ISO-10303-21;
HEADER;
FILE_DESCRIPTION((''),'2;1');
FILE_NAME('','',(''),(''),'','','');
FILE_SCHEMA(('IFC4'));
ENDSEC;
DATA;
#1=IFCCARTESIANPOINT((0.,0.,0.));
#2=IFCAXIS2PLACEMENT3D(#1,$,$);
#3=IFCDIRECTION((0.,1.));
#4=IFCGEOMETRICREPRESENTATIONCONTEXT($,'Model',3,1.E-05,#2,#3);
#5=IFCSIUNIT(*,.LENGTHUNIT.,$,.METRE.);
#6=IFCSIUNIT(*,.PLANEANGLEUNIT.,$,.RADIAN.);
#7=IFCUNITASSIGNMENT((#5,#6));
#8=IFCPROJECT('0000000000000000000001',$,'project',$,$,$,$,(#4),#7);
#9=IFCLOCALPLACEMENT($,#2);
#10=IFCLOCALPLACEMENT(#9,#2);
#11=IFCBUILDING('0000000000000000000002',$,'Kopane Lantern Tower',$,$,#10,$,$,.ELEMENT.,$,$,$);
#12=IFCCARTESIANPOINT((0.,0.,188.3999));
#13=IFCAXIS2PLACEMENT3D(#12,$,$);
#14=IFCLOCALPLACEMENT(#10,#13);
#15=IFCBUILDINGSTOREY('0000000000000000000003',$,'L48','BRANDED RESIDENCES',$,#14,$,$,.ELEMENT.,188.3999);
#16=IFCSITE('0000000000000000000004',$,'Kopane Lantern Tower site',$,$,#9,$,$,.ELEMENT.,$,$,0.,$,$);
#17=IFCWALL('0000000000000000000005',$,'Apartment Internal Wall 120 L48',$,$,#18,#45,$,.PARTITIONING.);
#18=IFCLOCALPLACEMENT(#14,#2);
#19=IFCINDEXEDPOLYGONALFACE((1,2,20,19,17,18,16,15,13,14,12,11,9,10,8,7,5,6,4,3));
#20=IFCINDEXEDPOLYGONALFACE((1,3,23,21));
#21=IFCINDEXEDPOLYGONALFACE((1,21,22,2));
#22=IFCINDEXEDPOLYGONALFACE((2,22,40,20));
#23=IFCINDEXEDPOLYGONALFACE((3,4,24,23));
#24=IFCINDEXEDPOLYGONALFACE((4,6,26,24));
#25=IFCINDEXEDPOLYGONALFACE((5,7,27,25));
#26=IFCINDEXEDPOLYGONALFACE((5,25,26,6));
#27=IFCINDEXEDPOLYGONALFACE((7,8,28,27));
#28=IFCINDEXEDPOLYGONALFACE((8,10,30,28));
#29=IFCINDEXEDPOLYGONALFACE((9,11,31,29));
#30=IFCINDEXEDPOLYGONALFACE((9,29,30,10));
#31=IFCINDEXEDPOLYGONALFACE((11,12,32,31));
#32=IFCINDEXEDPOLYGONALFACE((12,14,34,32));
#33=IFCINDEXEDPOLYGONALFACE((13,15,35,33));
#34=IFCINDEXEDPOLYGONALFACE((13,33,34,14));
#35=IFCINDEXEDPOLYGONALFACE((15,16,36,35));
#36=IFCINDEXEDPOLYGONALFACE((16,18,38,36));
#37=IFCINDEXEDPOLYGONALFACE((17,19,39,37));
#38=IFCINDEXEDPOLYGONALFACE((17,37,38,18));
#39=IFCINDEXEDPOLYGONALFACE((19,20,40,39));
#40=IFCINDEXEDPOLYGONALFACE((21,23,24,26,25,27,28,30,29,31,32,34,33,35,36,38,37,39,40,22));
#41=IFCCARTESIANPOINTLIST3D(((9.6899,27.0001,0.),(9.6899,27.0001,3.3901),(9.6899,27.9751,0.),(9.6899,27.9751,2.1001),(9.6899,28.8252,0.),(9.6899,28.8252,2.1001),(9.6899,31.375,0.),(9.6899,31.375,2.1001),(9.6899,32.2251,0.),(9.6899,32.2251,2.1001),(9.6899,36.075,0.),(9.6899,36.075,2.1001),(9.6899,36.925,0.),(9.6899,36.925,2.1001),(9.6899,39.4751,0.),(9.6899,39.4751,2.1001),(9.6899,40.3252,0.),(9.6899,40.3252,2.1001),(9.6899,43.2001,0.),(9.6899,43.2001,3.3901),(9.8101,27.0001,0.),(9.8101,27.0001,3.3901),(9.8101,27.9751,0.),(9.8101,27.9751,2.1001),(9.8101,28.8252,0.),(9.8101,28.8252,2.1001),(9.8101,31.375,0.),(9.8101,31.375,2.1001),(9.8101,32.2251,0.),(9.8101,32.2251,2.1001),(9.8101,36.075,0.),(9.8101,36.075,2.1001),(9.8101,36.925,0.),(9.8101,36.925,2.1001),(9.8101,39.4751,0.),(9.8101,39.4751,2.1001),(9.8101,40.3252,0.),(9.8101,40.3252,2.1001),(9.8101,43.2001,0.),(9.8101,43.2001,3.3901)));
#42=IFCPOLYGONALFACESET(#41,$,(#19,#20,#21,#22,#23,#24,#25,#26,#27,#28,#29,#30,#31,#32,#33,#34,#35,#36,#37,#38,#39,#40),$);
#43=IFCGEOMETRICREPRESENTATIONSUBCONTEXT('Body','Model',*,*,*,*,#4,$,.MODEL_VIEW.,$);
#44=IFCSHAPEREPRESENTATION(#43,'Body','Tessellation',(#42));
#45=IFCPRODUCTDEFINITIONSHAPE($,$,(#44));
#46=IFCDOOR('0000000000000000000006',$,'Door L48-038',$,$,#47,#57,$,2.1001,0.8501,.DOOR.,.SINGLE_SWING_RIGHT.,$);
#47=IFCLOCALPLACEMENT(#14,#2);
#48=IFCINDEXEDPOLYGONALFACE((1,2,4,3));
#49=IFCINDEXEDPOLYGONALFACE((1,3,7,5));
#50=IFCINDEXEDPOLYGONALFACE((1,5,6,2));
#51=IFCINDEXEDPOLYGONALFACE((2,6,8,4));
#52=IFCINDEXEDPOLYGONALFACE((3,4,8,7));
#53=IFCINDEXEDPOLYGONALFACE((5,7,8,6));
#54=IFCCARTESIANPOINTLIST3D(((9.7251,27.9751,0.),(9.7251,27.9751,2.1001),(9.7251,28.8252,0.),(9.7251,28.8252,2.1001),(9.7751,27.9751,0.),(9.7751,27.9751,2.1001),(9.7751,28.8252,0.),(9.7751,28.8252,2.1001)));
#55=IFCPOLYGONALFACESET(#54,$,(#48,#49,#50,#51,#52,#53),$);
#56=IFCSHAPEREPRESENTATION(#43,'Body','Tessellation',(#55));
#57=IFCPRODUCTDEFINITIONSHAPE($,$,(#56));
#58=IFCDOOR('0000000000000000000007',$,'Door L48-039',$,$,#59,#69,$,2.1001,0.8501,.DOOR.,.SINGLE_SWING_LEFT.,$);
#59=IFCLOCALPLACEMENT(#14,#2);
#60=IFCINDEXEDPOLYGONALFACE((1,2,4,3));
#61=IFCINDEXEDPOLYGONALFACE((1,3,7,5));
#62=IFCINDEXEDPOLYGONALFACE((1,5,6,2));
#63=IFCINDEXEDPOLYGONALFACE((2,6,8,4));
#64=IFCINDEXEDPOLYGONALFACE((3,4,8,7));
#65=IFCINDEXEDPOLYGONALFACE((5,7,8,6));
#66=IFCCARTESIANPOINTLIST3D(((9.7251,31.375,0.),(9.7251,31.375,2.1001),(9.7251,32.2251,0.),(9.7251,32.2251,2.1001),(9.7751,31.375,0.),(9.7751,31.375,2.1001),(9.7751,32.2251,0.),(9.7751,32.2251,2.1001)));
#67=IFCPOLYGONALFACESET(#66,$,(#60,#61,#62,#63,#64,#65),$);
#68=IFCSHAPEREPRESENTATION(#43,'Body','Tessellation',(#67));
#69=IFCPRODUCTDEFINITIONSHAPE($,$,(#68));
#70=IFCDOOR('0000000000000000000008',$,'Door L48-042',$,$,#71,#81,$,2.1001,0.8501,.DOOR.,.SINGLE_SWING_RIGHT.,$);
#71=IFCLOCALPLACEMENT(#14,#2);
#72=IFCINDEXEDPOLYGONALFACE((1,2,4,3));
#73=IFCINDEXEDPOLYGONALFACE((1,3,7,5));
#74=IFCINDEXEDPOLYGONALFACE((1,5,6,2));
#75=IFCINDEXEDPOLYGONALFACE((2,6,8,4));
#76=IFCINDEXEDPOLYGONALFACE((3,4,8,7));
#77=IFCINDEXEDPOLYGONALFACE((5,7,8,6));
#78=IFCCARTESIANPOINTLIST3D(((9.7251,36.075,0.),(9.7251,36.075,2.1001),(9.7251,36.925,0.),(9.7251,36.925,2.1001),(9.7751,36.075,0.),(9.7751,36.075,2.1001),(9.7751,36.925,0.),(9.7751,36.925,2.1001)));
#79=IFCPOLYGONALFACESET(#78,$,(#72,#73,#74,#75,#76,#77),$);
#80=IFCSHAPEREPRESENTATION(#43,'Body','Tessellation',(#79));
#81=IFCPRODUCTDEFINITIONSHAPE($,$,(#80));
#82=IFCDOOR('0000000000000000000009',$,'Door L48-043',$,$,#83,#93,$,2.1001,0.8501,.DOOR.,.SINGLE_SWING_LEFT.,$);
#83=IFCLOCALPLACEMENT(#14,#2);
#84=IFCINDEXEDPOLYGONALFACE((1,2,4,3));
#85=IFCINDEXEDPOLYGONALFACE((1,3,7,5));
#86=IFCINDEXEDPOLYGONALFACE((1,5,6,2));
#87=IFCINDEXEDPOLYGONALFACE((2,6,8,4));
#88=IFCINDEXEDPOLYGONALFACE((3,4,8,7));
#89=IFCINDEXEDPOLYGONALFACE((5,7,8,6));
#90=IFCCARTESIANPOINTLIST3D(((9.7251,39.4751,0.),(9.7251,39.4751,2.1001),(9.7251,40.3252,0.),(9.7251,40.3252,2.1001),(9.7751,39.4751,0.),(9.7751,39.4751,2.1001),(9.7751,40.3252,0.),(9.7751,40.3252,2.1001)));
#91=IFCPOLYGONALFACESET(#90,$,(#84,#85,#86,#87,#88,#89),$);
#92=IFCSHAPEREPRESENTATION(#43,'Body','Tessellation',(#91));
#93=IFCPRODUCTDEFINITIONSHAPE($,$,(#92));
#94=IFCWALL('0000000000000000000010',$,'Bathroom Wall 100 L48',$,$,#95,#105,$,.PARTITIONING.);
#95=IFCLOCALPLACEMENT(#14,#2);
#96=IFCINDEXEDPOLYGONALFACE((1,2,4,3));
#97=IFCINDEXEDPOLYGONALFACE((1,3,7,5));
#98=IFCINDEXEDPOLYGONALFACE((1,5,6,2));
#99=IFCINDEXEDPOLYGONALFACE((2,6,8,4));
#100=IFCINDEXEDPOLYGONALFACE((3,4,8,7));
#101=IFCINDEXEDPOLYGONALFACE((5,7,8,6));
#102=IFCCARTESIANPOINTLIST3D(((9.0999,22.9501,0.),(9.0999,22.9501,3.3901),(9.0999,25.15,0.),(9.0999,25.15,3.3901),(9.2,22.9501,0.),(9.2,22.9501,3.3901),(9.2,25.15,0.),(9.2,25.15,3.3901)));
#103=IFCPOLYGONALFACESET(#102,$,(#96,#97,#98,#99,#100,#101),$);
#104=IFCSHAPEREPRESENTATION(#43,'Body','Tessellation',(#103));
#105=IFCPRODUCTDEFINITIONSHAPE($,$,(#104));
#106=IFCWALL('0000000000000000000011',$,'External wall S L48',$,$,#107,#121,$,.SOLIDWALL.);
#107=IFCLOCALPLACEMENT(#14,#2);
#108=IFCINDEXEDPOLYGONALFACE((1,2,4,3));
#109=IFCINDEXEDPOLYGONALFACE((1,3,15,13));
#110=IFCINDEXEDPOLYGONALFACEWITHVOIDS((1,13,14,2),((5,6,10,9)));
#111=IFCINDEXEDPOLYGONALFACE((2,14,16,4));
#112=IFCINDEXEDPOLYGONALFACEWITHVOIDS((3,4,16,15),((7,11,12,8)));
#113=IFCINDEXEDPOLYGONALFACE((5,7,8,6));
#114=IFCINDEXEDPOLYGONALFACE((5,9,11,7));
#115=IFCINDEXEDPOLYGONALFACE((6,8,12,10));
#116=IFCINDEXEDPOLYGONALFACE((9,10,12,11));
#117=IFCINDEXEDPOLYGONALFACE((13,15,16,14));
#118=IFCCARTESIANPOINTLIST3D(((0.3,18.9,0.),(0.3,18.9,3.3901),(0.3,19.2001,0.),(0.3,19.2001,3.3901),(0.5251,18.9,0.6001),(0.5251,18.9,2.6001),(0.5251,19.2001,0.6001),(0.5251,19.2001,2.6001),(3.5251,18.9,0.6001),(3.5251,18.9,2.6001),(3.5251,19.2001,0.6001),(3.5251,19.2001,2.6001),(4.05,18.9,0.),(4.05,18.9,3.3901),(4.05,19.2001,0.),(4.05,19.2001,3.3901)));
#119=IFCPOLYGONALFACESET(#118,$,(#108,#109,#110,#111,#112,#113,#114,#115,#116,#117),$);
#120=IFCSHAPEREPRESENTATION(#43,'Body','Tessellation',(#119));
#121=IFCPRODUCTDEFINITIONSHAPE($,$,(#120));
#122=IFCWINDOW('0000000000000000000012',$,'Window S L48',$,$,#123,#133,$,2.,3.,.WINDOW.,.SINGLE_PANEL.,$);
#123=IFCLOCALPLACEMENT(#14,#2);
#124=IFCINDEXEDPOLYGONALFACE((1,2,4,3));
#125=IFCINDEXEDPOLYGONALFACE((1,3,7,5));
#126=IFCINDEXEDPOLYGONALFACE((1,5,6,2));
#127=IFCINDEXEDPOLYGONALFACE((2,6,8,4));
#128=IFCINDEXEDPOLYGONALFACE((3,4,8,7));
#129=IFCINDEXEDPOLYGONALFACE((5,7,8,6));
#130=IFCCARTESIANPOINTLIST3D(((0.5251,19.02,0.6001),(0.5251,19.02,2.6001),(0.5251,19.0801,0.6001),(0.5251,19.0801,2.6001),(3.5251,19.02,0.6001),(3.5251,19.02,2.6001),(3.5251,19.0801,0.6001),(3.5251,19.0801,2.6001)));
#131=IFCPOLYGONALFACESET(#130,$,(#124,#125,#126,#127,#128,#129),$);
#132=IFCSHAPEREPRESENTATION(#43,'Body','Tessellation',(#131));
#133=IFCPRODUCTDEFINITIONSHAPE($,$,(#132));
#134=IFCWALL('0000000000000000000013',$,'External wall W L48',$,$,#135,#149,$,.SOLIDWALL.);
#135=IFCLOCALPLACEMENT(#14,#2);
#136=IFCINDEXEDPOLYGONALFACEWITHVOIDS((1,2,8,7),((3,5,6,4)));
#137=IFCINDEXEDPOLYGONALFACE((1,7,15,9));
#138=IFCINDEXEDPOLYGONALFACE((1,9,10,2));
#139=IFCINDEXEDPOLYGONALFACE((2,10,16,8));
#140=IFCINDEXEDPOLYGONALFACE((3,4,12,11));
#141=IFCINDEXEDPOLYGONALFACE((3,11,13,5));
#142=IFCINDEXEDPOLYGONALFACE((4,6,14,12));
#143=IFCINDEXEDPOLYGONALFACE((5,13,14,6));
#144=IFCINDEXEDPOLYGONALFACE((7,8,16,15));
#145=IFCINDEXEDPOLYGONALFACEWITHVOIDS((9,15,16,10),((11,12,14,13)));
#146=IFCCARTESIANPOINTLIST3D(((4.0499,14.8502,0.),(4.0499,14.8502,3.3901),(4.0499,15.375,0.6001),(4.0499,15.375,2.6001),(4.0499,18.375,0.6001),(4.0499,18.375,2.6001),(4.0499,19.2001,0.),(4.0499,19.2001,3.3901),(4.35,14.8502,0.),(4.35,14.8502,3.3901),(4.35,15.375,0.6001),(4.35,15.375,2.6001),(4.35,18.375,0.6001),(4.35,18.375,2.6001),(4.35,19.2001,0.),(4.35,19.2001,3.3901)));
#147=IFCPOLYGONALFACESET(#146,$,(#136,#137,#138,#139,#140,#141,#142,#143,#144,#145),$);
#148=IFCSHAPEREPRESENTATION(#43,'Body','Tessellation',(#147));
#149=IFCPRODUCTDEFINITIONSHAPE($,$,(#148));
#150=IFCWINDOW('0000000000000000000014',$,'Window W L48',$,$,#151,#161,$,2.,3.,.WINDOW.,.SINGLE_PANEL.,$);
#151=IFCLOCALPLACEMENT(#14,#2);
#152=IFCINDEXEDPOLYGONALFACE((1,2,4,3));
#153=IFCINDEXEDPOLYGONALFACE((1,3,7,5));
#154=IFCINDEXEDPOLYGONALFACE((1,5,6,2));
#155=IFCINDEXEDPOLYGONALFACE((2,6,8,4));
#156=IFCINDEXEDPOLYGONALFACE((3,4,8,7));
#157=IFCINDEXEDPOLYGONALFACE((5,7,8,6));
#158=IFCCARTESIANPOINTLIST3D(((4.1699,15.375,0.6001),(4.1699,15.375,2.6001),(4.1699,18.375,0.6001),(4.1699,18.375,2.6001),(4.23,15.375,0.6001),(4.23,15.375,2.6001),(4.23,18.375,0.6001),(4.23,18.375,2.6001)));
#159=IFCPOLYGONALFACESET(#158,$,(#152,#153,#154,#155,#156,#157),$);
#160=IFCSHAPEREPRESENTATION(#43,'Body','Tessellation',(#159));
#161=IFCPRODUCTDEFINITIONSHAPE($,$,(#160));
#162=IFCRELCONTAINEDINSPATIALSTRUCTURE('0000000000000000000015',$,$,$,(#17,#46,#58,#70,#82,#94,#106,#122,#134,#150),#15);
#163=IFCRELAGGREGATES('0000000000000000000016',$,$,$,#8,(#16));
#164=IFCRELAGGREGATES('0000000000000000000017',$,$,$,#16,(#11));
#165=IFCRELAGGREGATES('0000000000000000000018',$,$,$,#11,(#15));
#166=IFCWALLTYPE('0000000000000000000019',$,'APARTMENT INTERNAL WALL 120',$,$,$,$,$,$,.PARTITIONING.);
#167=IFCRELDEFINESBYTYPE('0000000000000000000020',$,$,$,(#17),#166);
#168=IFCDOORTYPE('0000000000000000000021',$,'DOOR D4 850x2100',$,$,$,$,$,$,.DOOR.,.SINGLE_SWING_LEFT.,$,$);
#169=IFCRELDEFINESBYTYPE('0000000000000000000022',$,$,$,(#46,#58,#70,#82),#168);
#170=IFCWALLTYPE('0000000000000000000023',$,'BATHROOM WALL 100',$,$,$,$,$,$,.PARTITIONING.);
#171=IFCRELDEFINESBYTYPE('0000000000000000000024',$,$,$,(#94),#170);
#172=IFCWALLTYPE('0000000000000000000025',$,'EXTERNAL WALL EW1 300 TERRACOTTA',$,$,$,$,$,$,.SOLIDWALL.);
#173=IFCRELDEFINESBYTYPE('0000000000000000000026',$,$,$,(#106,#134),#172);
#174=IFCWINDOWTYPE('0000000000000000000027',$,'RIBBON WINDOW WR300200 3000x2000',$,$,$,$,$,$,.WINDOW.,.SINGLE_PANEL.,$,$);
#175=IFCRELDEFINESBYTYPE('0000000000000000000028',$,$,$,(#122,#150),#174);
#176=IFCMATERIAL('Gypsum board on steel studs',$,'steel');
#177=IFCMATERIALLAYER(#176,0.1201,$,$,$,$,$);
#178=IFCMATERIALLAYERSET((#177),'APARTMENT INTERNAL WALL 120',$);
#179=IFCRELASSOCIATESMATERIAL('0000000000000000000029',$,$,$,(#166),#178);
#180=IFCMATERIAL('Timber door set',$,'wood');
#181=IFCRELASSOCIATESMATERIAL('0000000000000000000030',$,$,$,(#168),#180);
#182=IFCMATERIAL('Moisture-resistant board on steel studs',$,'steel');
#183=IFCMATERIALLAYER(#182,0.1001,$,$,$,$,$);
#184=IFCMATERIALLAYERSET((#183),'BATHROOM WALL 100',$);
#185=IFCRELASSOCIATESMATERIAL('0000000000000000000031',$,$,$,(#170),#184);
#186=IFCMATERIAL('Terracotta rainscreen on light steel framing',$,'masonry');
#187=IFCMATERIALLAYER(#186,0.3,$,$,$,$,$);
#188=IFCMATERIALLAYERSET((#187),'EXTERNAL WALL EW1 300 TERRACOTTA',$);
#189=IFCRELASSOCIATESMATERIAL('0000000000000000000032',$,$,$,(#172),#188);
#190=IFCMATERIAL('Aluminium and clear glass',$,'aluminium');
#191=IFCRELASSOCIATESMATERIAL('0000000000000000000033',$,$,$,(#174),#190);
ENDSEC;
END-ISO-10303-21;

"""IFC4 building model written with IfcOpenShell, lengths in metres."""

from ifc_helpers import new_model, si_unit, direction, frame, frame_2d, origin, place, context, subcontext, project, spatial, rectangle, extrude, material, layer, layer_set, type_object, element, fill, save


model = new_model("IFC4")

# Units and contexts
model_context = context("Model", 3, precision=1e-05, world=origin(), true_north=direction((0.0, 1.0)))
body_context = subcontext(model_context, "Body", "Model", "MODEL_VIEW")
ifc_project = project(units=[si_unit("LENGTHUNIT", "METRE"), si_unit("PLANEANGLEUNIT", "RADIAN")], contexts=[model_context])

# Site, building, storey
site_placement = place(None, origin())
site = spatial("IfcSite", under=ifc_project, at=site_placement, Name="Kopane Lantern Tower site", CompositionType="ELEMENT", RefElevation=0.0)
building_placement = place(site_placement, origin())
building = spatial("IfcBuilding", under=site, at=building_placement, Name="Kopane Lantern Tower", CompositionType="ELEMENT")
storey_placement = place(building_placement, frame((0.0, 0.0, 188.3999)))
storey = spatial("IfcBuildingStorey", under=building, at=storey_placement, Name="L48", Description="BRANDED RESIDENCES", CompositionType="ELEMENT", Elevation=188.3999)

# Wall, openings, doors
ifc_material_1 = material(Name="Gypsum board on steel studs", Category="steel")
ifc_layer_1 = layer(ifc_material_1, 0.1201)
ifc_layer_set_1 = layer_set([ifc_layer_1], Name="APARTMENT INTERNAL WALL 120")
wall_type_1 = type_object("IfcWallType", Name="APARTMENT INTERNAL WALL 120", PredefinedType="PARTITIONING", material=ifc_layer_set_1)
wall_1_placement = place(storey_placement, frame((9.75, 27.0, 0.0), z_axis=(0.0, 0.0, 1.0), x_axis=(0.0, 1.0, 0.0)))
wall_1 = element("IfcWall", 1, at=wall_1_placement, inside=storey, type_object=wall_type_1, Name="Apartment Internal Wall 120 L48", PredefinedType="PARTITIONING", context=body_context, shape_type="SweptSolid", body=[
    extrude(rectangle(XDim=16.2, YDim=0.1201, at=frame_2d((8.1001, 0.0))), origin(), (0.0, 0.0, 1.0), 3.3901),
])
opening_1_placement = place(wall_1_placement, frame((0.9751, 0.0, 0.0)))
opening_1 = element("IfcOpeningElement", 2, at=opening_1_placement, cuts=wall_1, PredefinedType="OPENING", context=body_context, shape_type="SweptSolid", body=[
    extrude(rectangle(XDim=0.8501, YDim=2.1001, at=frame_2d((0.425, 1.05))), frame((0.0, 0.0701, 0.0), z_axis=(0.0, -1.0, 0.0), x_axis=(1.0, 0.0, 0.0)), (0.0, 0.0, 1.0), 0.1401),
])
opening_2_placement = place(wall_1_placement, frame((4.375, 0.0, 0.0)))
opening_2 = element("IfcOpeningElement", 3, at=opening_2_placement, cuts=wall_1, PredefinedType="OPENING", context=body_context, shape_type="SweptSolid", body=[
    extrude(rectangle(XDim=0.8501, YDim=2.1001, at=frame_2d((0.425, 1.05))), frame((0.0, 0.0701, 0.0), z_axis=(0.0, -1.0, 0.0), x_axis=(1.0, 0.0, 0.0)), (0.0, 0.0, 1.0), 0.1401),
])
opening_3_placement = place(wall_1_placement, frame((9.075, 0.0, 0.0)))
opening_3 = element("IfcOpeningElement", 4, at=opening_3_placement, cuts=wall_1, PredefinedType="OPENING", context=body_context, shape_type="SweptSolid", body=[
    extrude(rectangle(XDim=0.8501, YDim=2.1001, at=frame_2d((0.425, 1.05))), frame((0.0, 0.0701, 0.0), z_axis=(0.0, -1.0, 0.0), x_axis=(1.0, 0.0, 0.0)), (0.0, 0.0, 1.0), 0.1401),
])
opening_4_placement = place(wall_1_placement, frame((12.4751, 0.0, 0.0)))
opening_4 = element("IfcOpeningElement", 5, at=opening_4_placement, cuts=wall_1, PredefinedType="OPENING", context=body_context, shape_type="SweptSolid", body=[
    extrude(rectangle(XDim=0.8501, YDim=2.1001, at=frame_2d((0.425, 1.05))), frame((0.0, 0.0701, 0.0), z_axis=(0.0, -1.0, 0.0), x_axis=(1.0, 0.0, 0.0)), (0.0, 0.0, 1.0), 0.1401),
])
ifc_material_2 = material(Name="Timber door set", Category="wood")
door_type = type_object("IfcDoorType", Name="DOOR D4 850x2100", OperationType="SINGLE_SWING_LEFT", PredefinedType="DOOR", material=ifc_material_2)
door_1_placement = place(opening_1_placement, origin())
door_1 = element("IfcDoor", 6, at=door_1_placement, inside=storey, type_object=door_type, Name="Door L48-038", OperationType="SINGLE_SWING_RIGHT", OverallHeight=2.1001, OverallWidth=0.8501, PredefinedType="DOOR", context=body_context, shape_type="SweptSolid", body=[
    extrude(rectangle(XDim=0.8501, YDim=2.1001, at=frame_2d((0.425, 1.05))), frame((0.0, 0.0249, 0.0), z_axis=(0.0, -1.0, 0.0), x_axis=(1.0, 0.0, 0.0)), (0.0, 0.0, 1.0), 0.05),
])
fill(opening_1, door_1)
door_2_placement = place(opening_2_placement, origin())
door_2 = element("IfcDoor", 7, at=door_2_placement, inside=storey, type_object=door_type, Name="Door L48-039", OperationType="SINGLE_SWING_LEFT", OverallHeight=2.1001, OverallWidth=0.8501, PredefinedType="DOOR", context=body_context, shape_type="SweptSolid", body=[
    extrude(rectangle(XDim=0.8501, YDim=2.1001, at=frame_2d((0.425, 1.05))), frame((0.0, 0.0249, 0.0), z_axis=(0.0, -1.0, 0.0), x_axis=(1.0, 0.0, 0.0)), (0.0, 0.0, 1.0), 0.05),
])
fill(opening_2, door_2)
door_3_placement = place(opening_3_placement, origin())
door_3 = element("IfcDoor", 8, at=door_3_placement, inside=storey, type_object=door_type, Name="Door L48-042", OperationType="SINGLE_SWING_RIGHT", OverallHeight=2.1001, OverallWidth=0.8501, PredefinedType="DOOR", context=body_context, shape_type="SweptSolid", body=[
    extrude(rectangle(XDim=0.8501, YDim=2.1001, at=frame_2d((0.425, 1.05))), frame((0.0, 0.0249, 0.0), z_axis=(0.0, -1.0, 0.0), x_axis=(1.0, 0.0, 0.0)), (0.0, 0.0, 1.0), 0.05),
])
fill(opening_3, door_3)
door_4_placement = place(opening_4_placement, origin())
door_4 = element("IfcDoor", 9, at=door_4_placement, inside=storey, type_object=door_type, Name="Door L48-043", OperationType="SINGLE_SWING_LEFT", OverallHeight=2.1001, OverallWidth=0.8501, PredefinedType="DOOR", context=body_context, shape_type="SweptSolid", body=[
    extrude(rectangle(XDim=0.8501, YDim=2.1001, at=frame_2d((0.425, 1.05))), frame((0.0, 0.0249, 0.0), z_axis=(0.0, -1.0, 0.0), x_axis=(1.0, 0.0, 0.0)), (0.0, 0.0, 1.0), 0.05),
])
fill(opening_4, door_4)

# Wall
ifc_material_3 = material(Name="Moisture-resistant board on steel studs", Category="steel")
ifc_layer_2 = layer(ifc_material_3, 0.1001)
ifc_layer_set_2 = layer_set([ifc_layer_2], Name="BATHROOM WALL 100")
wall_type_2 = type_object("IfcWallType", Name="BATHROOM WALL 100", PredefinedType="PARTITIONING", material=ifc_layer_set_2)
wall_2_placement = place(storey_placement, frame((9.1499, 22.95, 0.0), z_axis=(0.0, 0.0, 1.0), x_axis=(0.0, 1.0, 0.0)))
element("IfcWall", 10, at=wall_2_placement, inside=storey, type_object=wall_type_2, Name="Bathroom Wall 100 L48", PredefinedType="PARTITIONING", context=body_context, shape_type="SweptSolid", body=[
    extrude(rectangle(XDim=2.2, YDim=0.1001, at=frame_2d((1.1001, 0.0))), origin(), (0.0, 0.0, 1.0), 3.3901),
])

# Walls, openings, windows
ifc_material_4 = material(Name="Terracotta rainscreen on light steel framing", Category="masonry")
ifc_layer_3 = layer(ifc_material_4, 0.3)
ifc_layer_set_3 = layer_set([ifc_layer_3], Name="EXTERNAL WALL EW1 300 TERRACOTTA")
wall_type_3 = type_object("IfcWallType", Name="EXTERNAL WALL EW1 300 TERRACOTTA", PredefinedType="SOLIDWALL", material=ifc_layer_set_3)
wall_3_placement = place(storey_placement, frame((0.3, 19.05, 0.0), z_axis=(0.0, 0.0, 1.0), x_axis=(1.0, 0.0, 0.0)))
wall_3 = element("IfcWall", 11, at=wall_3_placement, inside=storey, type_object=wall_type_3, Name="External wall S L48", PredefinedType="SOLIDWALL", context=body_context, shape_type="SweptSolid", body=[
    extrude(rectangle(XDim=3.75, YDim=0.3, at=frame_2d((1.875, 0.0))), origin(), (0.0, 0.0, 1.0), 3.3901),
])
opening_5_placement = place(wall_3_placement, frame((0.2251, 0.0, 0.6001)))
opening_5 = element("IfcOpeningElement", 12, at=opening_5_placement, cuts=wall_3, PredefinedType="OPENING", context=body_context, shape_type="SweptSolid", body=[
    extrude(rectangle(XDim=3.0, YDim=2.0, at=frame_2d((1.5, 1.0))), frame((0.0, 0.1599, 0.0), z_axis=(0.0, -1.0, 0.0), x_axis=(1.0, 0.0, 0.0)), (0.0, 0.0, 1.0), 0.3201),
])
ifc_material_5 = material(Name="Aluminium and clear glass", Category="aluminium")
window_type = type_object("IfcWindowType", Name="RIBBON WINDOW WR300200 3000x2000", PartitioningType="SINGLE_PANEL", PredefinedType="WINDOW", material=ifc_material_5)
window_1_placement = place(opening_5_placement, origin())
window_1 = element("IfcWindow", 13, at=window_1_placement, inside=storey, type_object=window_type, Name="Window S L48", OverallHeight=2.0, OverallWidth=3.0, PartitioningType="SINGLE_PANEL", PredefinedType="WINDOW", context=body_context, shape_type="SweptSolid", body=[
    extrude(rectangle(XDim=3.0, YDim=2.0, at=frame_2d((1.5, 1.0))), frame((0.0, 0.03, 0.0), z_axis=(0.0, -1.0, 0.0), x_axis=(1.0, 0.0, 0.0)), (0.0, 0.0, 1.0), 0.0601),
])
fill(opening_5, window_1)
wall_4_placement = place(storey_placement, frame((4.2, 19.2, 0.0), z_axis=(0.0, 0.0, 1.0), x_axis=(0.0, -1.0, 0.0)))
wall_4 = element("IfcWall", 14, at=wall_4_placement, inside=storey, type_object=wall_type_3, Name="External wall W L48", PredefinedType="SOLIDWALL", context=body_context, shape_type="SweptSolid", body=[
    extrude(rectangle(XDim=4.3499, YDim=0.3, at=frame_2d((2.1748, 0.0))), origin(), (0.0, 0.0, 1.0), 3.3901),
])
opening_6_placement = place(wall_4_placement, frame((0.825, 0.0, 0.6001)))
opening_6 = element("IfcOpeningElement", 15, at=opening_6_placement, cuts=wall_4, PredefinedType="OPENING", context=body_context, shape_type="SweptSolid", body=[
    extrude(rectangle(XDim=3.0, YDim=2.0, at=frame_2d((1.5, 1.0))), frame((0.0, 0.1599, 0.0), z_axis=(0.0, -1.0, 0.0), x_axis=(1.0, 0.0, 0.0)), (0.0, 0.0, 1.0), 0.3201),
])
window_2_placement = place(opening_6_placement, origin())
window_2 = element("IfcWindow", 16, at=window_2_placement, inside=storey, type_object=window_type, Name="Window W L48", OverallHeight=2.0, OverallWidth=3.0, PartitioningType="SINGLE_PANEL", PredefinedType="WINDOW", context=body_context, shape_type="SweptSolid", body=[
    extrude(rectangle(XDim=3.0, YDim=2.0, at=frame_2d((1.5, 1.0))), frame((0.0, 0.03, 0.0), z_axis=(0.0, -1.0, 0.0), x_axis=(1.0, 0.0, 0.0)), (0.0, 0.0, 1.0), 0.0601),
])
fill(opening_6, window_2)

save(model, "model.ifc")
